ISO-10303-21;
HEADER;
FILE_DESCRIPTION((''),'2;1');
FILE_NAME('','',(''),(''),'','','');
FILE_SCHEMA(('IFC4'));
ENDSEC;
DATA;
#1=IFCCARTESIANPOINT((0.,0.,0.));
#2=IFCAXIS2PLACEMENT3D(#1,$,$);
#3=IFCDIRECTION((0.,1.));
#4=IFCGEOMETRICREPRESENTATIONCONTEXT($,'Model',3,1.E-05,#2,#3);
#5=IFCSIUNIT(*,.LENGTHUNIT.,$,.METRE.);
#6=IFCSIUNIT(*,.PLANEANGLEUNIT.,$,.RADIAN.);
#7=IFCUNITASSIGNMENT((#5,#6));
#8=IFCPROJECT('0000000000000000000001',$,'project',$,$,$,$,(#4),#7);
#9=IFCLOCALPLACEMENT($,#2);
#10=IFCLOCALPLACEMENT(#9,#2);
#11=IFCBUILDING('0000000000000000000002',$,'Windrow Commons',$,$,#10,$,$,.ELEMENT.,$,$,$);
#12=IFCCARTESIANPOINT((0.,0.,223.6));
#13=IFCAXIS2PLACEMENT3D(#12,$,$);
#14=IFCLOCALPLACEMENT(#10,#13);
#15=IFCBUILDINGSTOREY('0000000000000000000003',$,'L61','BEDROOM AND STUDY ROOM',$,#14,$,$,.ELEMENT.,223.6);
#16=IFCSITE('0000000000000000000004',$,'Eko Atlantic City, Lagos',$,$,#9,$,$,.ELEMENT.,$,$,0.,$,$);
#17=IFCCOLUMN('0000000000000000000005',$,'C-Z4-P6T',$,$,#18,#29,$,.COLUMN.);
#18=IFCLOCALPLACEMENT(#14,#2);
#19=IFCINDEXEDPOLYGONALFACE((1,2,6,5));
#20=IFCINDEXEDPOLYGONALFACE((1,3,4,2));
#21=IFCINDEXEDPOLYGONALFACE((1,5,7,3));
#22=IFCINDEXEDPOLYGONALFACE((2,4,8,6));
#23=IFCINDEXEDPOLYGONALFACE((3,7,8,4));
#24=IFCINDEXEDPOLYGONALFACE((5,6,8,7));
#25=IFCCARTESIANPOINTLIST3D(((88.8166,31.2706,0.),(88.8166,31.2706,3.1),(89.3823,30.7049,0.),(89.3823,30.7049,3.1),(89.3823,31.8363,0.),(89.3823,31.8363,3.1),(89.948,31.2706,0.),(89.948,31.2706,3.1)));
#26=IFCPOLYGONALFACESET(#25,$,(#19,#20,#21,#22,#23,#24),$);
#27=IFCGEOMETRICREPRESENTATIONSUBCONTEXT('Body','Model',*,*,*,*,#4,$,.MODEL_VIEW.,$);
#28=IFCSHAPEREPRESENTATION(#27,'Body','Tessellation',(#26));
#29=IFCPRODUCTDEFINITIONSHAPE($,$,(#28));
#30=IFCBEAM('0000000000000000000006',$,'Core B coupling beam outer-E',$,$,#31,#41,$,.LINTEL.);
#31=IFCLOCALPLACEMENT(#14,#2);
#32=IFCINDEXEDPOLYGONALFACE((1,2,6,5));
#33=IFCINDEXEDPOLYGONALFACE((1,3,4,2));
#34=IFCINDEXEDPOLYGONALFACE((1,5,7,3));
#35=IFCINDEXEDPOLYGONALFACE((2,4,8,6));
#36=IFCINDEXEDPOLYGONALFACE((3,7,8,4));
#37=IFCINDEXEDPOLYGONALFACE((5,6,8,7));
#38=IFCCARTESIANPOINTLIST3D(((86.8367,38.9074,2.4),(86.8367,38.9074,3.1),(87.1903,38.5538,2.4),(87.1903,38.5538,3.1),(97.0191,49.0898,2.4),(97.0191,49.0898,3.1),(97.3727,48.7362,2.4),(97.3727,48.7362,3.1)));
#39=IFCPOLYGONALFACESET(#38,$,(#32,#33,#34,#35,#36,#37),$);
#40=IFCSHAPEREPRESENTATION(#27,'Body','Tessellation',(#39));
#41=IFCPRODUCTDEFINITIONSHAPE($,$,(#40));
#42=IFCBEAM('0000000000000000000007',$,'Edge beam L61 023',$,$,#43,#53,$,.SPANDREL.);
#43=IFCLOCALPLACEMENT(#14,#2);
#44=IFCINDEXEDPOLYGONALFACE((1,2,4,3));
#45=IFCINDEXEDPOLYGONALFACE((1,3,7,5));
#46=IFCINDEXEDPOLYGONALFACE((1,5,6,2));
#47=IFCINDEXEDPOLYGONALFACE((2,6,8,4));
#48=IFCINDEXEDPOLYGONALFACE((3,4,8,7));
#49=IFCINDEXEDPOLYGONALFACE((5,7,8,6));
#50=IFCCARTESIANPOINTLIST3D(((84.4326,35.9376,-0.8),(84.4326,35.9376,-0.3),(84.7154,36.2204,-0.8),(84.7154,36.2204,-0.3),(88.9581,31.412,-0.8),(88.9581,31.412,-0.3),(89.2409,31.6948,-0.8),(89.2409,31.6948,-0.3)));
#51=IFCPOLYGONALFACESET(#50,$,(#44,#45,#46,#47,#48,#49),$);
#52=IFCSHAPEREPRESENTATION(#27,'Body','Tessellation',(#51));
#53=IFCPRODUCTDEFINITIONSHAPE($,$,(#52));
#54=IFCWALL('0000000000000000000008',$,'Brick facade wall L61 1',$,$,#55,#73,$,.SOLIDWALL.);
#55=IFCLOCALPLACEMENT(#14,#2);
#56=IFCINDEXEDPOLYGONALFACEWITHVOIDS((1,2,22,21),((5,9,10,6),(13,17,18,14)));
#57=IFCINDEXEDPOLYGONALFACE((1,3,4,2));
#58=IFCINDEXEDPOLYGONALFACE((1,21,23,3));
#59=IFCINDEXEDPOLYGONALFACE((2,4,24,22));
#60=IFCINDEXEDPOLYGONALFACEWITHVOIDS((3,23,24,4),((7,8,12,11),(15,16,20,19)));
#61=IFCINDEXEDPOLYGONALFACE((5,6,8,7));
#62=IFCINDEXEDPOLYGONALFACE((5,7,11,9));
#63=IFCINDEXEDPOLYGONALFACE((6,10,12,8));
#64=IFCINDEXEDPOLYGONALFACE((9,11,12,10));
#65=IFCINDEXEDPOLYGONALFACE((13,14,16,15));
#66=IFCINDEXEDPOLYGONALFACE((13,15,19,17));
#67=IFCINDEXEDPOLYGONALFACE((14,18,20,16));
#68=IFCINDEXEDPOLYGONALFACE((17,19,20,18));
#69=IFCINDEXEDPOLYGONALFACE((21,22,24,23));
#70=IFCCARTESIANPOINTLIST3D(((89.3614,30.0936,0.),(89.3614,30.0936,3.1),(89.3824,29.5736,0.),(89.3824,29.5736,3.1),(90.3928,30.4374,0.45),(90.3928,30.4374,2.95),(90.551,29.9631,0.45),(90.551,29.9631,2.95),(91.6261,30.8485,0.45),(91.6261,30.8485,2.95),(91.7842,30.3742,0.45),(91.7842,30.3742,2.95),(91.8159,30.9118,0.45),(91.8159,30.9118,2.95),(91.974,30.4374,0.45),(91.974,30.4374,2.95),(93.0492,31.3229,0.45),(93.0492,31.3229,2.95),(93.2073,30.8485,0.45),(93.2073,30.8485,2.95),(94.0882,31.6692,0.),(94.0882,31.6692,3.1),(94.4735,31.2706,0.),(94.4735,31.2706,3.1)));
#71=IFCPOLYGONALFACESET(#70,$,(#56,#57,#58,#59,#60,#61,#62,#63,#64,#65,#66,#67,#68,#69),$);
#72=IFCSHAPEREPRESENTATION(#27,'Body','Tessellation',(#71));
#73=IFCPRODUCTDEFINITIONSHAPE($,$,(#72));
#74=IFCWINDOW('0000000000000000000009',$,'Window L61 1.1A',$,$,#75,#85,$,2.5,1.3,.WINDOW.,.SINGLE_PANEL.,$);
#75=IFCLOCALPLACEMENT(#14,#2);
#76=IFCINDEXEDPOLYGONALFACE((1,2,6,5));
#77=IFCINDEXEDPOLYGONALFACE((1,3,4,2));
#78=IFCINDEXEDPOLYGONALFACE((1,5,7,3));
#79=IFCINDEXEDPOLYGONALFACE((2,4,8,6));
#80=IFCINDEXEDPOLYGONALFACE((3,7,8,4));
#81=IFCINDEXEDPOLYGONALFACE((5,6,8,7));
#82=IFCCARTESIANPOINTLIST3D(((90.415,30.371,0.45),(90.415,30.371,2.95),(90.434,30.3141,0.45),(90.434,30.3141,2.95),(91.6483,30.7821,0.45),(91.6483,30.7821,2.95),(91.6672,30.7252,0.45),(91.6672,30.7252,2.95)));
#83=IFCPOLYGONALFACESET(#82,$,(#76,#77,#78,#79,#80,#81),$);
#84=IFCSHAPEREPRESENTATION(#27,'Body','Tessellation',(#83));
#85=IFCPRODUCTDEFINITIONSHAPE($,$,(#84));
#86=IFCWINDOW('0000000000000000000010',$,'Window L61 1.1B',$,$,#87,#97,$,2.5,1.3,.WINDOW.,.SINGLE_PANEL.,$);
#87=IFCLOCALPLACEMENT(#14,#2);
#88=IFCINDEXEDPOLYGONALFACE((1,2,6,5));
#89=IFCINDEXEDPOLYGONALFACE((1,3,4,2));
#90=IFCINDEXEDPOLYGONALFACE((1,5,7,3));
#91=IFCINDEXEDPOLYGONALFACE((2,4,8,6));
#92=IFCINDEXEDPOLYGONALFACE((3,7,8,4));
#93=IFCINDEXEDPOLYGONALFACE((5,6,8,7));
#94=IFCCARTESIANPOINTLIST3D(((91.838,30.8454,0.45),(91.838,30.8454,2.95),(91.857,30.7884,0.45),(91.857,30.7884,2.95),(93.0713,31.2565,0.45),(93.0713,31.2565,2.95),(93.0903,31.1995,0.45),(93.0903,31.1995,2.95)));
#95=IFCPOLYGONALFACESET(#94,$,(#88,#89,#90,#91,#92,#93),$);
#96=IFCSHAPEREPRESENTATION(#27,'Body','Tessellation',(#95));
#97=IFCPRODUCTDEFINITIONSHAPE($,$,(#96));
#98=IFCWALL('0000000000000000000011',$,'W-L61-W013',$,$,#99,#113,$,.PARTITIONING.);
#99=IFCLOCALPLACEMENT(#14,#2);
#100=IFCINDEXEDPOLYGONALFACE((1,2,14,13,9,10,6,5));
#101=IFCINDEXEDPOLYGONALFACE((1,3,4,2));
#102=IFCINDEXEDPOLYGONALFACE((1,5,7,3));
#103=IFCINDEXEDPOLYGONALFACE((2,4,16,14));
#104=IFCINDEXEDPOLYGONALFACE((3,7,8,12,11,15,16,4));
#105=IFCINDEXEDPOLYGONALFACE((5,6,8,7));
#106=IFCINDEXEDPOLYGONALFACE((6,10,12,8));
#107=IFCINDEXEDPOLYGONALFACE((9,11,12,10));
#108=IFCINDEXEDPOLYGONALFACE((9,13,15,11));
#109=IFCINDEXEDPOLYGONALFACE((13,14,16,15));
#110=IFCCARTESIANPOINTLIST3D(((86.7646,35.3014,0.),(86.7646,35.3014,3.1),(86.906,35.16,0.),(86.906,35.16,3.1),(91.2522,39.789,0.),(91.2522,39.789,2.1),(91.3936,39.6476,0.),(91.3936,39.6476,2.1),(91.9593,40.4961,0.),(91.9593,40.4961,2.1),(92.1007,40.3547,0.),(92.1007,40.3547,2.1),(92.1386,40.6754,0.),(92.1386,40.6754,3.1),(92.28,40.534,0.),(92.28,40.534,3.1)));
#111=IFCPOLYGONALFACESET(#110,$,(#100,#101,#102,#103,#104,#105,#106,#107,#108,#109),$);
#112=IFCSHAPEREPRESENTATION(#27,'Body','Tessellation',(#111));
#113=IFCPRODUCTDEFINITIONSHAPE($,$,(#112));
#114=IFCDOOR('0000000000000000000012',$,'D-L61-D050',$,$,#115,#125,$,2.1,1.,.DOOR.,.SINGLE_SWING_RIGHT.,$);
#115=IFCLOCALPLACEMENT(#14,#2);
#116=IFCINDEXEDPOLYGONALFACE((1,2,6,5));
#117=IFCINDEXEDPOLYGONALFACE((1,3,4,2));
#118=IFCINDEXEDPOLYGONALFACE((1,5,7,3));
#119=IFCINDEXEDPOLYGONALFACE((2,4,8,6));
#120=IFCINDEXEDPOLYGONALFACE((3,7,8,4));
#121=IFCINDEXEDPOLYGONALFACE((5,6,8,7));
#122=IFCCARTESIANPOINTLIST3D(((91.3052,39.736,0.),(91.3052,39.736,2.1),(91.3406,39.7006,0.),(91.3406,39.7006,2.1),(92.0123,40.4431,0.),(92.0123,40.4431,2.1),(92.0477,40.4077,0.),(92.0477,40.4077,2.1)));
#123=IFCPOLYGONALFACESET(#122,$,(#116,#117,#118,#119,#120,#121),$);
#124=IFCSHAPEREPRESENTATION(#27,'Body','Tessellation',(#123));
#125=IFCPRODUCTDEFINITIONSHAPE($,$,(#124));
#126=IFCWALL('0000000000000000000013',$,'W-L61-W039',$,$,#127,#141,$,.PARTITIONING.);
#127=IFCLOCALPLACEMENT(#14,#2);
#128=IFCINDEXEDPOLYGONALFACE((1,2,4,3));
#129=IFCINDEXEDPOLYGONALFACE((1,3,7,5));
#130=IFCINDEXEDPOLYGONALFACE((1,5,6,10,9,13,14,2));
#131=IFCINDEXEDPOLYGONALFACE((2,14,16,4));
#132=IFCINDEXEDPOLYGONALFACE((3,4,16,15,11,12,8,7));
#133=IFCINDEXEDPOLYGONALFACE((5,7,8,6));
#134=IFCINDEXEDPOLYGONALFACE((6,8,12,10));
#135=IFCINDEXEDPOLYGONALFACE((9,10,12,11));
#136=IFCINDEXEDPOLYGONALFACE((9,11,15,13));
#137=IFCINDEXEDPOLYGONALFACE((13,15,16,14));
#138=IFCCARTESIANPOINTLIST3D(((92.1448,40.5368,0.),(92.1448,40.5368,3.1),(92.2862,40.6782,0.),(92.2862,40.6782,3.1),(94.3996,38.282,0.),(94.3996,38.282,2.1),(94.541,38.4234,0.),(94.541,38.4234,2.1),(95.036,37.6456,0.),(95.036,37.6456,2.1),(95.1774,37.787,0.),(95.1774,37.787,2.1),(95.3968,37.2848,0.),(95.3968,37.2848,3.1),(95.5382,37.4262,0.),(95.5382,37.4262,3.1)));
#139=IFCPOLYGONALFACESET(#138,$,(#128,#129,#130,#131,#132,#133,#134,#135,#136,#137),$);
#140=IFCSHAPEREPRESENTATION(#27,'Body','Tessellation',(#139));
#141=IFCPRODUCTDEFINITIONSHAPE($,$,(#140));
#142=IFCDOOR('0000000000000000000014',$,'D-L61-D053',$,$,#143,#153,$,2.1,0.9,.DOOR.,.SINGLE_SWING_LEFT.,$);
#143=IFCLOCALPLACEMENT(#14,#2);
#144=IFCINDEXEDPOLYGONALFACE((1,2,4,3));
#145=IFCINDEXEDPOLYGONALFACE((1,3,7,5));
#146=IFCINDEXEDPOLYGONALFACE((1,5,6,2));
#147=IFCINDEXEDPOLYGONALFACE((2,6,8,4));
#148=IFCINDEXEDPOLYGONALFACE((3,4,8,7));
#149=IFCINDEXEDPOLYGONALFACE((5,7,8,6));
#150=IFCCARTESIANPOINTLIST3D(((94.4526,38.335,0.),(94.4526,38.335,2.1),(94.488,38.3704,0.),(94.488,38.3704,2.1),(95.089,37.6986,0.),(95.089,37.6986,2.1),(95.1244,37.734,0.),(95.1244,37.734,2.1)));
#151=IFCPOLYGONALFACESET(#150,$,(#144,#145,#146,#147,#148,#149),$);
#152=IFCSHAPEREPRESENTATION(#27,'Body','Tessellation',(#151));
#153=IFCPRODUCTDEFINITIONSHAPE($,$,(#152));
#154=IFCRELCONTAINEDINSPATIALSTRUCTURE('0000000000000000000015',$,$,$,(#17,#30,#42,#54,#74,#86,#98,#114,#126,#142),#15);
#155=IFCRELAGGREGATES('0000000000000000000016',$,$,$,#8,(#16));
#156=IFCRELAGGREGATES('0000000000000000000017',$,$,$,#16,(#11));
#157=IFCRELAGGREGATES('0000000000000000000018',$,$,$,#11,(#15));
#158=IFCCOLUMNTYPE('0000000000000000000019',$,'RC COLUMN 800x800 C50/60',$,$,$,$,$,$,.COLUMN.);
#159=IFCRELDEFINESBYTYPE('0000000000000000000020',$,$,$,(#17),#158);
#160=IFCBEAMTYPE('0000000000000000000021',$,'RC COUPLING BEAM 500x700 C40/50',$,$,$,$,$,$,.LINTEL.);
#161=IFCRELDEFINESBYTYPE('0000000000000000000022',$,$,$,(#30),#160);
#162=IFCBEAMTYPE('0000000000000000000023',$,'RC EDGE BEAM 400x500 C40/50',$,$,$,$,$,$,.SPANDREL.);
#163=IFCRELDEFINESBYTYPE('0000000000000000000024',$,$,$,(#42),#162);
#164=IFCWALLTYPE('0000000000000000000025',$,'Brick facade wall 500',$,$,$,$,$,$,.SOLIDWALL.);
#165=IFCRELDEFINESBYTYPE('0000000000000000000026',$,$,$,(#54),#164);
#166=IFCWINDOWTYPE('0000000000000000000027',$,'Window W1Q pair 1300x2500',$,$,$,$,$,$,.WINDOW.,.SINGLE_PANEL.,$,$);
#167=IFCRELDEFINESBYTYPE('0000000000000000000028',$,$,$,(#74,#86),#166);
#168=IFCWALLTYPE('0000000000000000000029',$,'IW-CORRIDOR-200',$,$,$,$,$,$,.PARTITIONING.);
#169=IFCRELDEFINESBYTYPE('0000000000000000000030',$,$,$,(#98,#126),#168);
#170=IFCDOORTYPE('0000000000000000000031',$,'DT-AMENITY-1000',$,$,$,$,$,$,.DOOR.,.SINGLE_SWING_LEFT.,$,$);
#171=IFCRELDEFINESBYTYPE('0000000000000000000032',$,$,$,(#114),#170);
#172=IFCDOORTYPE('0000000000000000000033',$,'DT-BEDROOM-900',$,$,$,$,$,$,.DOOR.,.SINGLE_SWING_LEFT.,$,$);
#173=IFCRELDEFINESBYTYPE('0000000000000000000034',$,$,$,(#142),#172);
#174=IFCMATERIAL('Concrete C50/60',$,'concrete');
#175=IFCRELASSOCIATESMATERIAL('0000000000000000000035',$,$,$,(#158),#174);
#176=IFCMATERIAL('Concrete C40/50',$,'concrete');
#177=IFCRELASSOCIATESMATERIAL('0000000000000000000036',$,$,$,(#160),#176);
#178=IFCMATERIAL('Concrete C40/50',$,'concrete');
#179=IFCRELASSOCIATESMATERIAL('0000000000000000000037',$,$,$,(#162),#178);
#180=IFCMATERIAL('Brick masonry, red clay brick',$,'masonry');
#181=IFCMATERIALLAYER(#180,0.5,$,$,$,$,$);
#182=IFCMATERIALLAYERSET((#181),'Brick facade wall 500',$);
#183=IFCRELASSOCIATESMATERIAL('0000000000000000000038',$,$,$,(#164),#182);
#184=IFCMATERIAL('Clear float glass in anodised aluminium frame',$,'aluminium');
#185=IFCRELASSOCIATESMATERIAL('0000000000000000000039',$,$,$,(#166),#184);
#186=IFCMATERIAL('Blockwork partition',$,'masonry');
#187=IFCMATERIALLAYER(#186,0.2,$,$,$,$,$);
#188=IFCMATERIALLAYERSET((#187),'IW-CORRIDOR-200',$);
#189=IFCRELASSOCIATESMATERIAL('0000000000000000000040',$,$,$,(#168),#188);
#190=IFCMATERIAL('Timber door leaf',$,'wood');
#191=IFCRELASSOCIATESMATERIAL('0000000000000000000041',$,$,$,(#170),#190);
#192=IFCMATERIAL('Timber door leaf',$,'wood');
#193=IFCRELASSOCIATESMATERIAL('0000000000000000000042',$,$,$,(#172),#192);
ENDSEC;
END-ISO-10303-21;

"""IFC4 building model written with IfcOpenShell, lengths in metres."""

from ifc_helpers import new_model, si_unit, direction, frame, frame_2d, origin, origin_2d, place, context, subcontext, project, spatial, polyline, rectangle, outline, extrude, material, layer, layer_set, material_profile, profile_set, type_object, element, fill, save


model = new_model("IFC4")

# Units and contexts
model_context = context("Model", 3, precision=1e-05, world=origin(), true_north=direction((0.0, 1.0)))
body_context = subcontext(model_context, "Body", "Model", "MODEL_VIEW")
ifc_project = project(units=[si_unit("LENGTHUNIT", "METRE"), si_unit("PLANEANGLEUNIT", "RADIAN")], contexts=[model_context])

# Site, building, storey
site_placement = place(None, origin())
site = spatial("IfcSite", under=ifc_project, at=site_placement, Name="Eko Atlantic City, Lagos", CompositionType="ELEMENT", RefElevation=0.0)
building_placement = place(site_placement, origin())
building = spatial("IfcBuilding", under=site, at=building_placement, Name="Windrow Commons", CompositionType="ELEMENT")
storey_placement = place(building_placement, frame((0.0, 0.0, 223.6)))
storey = spatial("IfcBuildingStorey", under=building, at=storey_placement, Name="L61", Description="BEDROOM AND STUDY ROOM", CompositionType="ELEMENT", Elevation=223.6)

# Column
ifc_material_1 = material(Name="Concrete C50/60", Category="concrete")
ifc_material_profile_1 = material_profile(ifc_material_1, rectangle(XDim=0.8, YDim=0.8, at=origin_2d()))
ifc_profile_set_1 = profile_set([ifc_material_profile_1], Name="Concrete C50/60")
column_type = type_object("IfcColumnType", Name="RC COLUMN 800x800 C50/60", PredefinedType="COLUMN", material=ifc_profile_set_1)
column_placement = place(storey_placement, frame((89.3823, 31.2706, 0.0), z_axis=(0.0, 0.0, 1.0), x_axis=(0.707107, -0.707107, 0.0)))
element("IfcColumn", 1, at=column_placement, inside=storey, type_object=column_type, Name="C-Z4-P6T", PredefinedType="COLUMN", context=body_context, shape_type="SweptSolid", body=[
    extrude(rectangle(XDim=0.8, YDim=0.8, at=origin_2d()), origin(), (0.0, 0.0, 1.0), 3.1),
])

# Beams
ifc_material_2 = material(Name="Concrete C40/50", Category="concrete")
ifc_material_profile_2 = material_profile(ifc_material_2, rectangle(XDim=0.5, YDim=0.7, at=origin_2d()))
ifc_profile_set_2 = profile_set([ifc_material_profile_2], Name="Concrete C40/50")
beam_type_1 = type_object("IfcBeamType", Name="RC COUPLING BEAM 500x700 C40/50", PredefinedType="LINTEL", material=ifc_profile_set_2)
beam_1_placement = place(storey_placement, frame((87.0135, 38.7306, 2.75), z_axis=(0.707107, 0.707107, 0.0), x_axis=(-0.707107, 0.707107, 0.0)))
element("IfcBeam", 2, at=beam_1_placement, inside=storey, type_object=beam_type_1, Name="Core B coupling beam outer-E", PredefinedType="LINTEL", context=body_context, shape_type="SweptSolid", body=[
    extrude(rectangle(XDim=0.5, YDim=0.7, at=origin_2d()), origin(), (0.0, 0.0, 1.0), 14.4001),
])
ifc_material_3 = material(Name="Concrete C40/50", Category="concrete")
ifc_material_profile_3 = material_profile(ifc_material_3, rectangle(XDim=0.4, YDim=0.5, at=origin_2d()))
ifc_profile_set_3 = profile_set([ifc_material_profile_3], Name="Concrete C40/50")
beam_type_2 = type_object("IfcBeamType", Name="RC EDGE BEAM 400x500 C40/50", PredefinedType="SPANDREL", material=ifc_profile_set_3)
beam_2_placement = place(storey_placement, frame((89.0995, 31.5534, -0.55), z_axis=(-0.707099, 0.707115, 0.0), x_axis=(-0.707115, -0.707099, 0.0)))
element("IfcBeam", 3, at=beam_2_placement, inside=storey, type_object=beam_type_2, Name="Edge beam L61 023", PredefinedType="SPANDREL", context=body_context, shape_type="SweptSolid", body=[
    extrude(rectangle(XDim=0.4, YDim=0.5, at=origin_2d()), origin(), (0.0, 0.0, 1.0), 6.4001),
])

# Wall, openings, windows
ifc_material_4 = material(Name="Brick masonry, red clay brick", Category="masonry")
ifc_layer_1 = layer(ifc_material_4, 0.5)
ifc_layer_set_1 = layer_set([ifc_layer_1], Name="Brick facade wall 500")
wall_type_1 = type_object("IfcWallType", Name="Brick facade wall 500", PredefinedType="SOLIDWALL", material=ifc_layer_set_1)
wall_1_placement = place(storey_placement, frame((89.3719, 29.8336, 0.0), z_axis=(0.0, 0.0, 1.0), x_axis=(0.948683, 0.316228, 0.0)))
wall_1 = element("IfcWall", 4, at=wall_1_placement, inside=storey, type_object=wall_type_1, Name="Brick facade wall L61 1", PredefinedType="SOLIDWALL", context=body_context, shape_type="SweptSolid", body=[
    extrude(outline(polyline([(-0.0723, -0.25), (5.2942, -0.25), (5.0547, 0.25), (0.0723, 0.25), (-0.0723, -0.25)])), origin(), (0.0, 0.0, 1.0), 3.1),
])
opening_1_placement = place(wall_1_placement, frame((1.1595, 0.0, 0.45)))
opening_1 = element("IfcOpeningElement", 5, at=opening_1_placement, cuts=wall_1, PredefinedType="OPENING", context=body_context, shape_type="SweptSolid", body=[
    extrude(rectangle(XDim=1.3, YDim=2.5, at=frame_2d((0.65, 1.25))), frame((0.0, 0.26, 0.0), z_axis=(0.0, -1.0, 0.0), x_axis=(1.0, 0.0, 0.0)), (0.0, 0.0, 1.0), 0.52),
])
opening_2_placement = place(wall_1_placement, frame((2.6595, 0.0, 0.45)))
opening_2 = element("IfcOpeningElement", 6, at=opening_2_placement, cuts=wall_1, PredefinedType="OPENING", context=body_context, shape_type="SweptSolid", body=[
    extrude(rectangle(XDim=1.3, YDim=2.5, at=frame_2d((0.65, 1.25))), frame((0.0, 0.26, 0.0), z_axis=(0.0, -1.0, 0.0), x_axis=(1.0, 0.0, 0.0)), (0.0, 0.0, 1.0), 0.52),
])
ifc_material_5 = material(Name="Clear float glass in anodised aluminium frame", Category="aluminium")
window_type = type_object("IfcWindowType", Name="Window W1Q pair 1300x2500", PartitioningType="SINGLE_PANEL", PredefinedType="WINDOW", material=ifc_material_5)
window_1_placement = place(opening_1_placement, origin())
window_1 = element("IfcWindow", 7, at=window_1_placement, inside=storey, type_object=window_type, Name="Window L61 1.1A", OverallHeight=2.5, OverallWidth=1.3, PartitioningType="SINGLE_PANEL", PredefinedType="WINDOW", context=body_context, shape_type="SweptSolid", body=[
    extrude(rectangle(XDim=1.3, YDim=2.5, at=frame_2d((0.65, 1.25))), frame((0.0, 0.18, 0.0), z_axis=(0.0, -1.0, 0.0), x_axis=(1.0, 0.0, 0.0)), (0.0, 0.0, 1.0), 0.06),
])
fill(opening_1, window_1)
window_2_placement = place(opening_2_placement, origin())
window_2 = element("IfcWindow", 8, at=window_2_placement, inside=storey, type_object=window_type, Name="Window L61 1.1B", OverallHeight=2.5, OverallWidth=1.3, PartitioningType="SINGLE_PANEL", PredefinedType="WINDOW", context=body_context, shape_type="SweptSolid", body=[
    extrude(rectangle(XDim=1.3, YDim=2.5, at=frame_2d((0.65, 1.25))), frame((0.0, 0.18, 0.0), z_axis=(0.0, -1.0, 0.0), x_axis=(1.0, 0.0, 0.0)), (0.0, 0.0, 1.0), 0.06),
])
fill(opening_2, window_2)

# Walls, openings, doors
ifc_material_6 = material(Name="Blockwork partition", Category="masonry")
ifc_layer_2 = layer(ifc_material_6, 0.2)
ifc_layer_set_2 = layer_set([ifc_layer_2], Name="IW-CORRIDOR-200")
wall_type_2 = type_object("IfcWallType", Name="IW-CORRIDOR-200", PredefinedType="PARTITIONING", material=ifc_layer_set_2)
wall_2_placement = place(storey_placement, frame((86.8353, 35.2307, 0.0), z_axis=(0.0, 0.0, 1.0), x_axis=(0.707107, 0.707107, 0.0)))
wall_2 = element("IfcWall", 9, at=wall_2_placement, inside=storey, type_object=wall_type_2, Name="W-L61-W013", PredefinedType="PARTITIONING", context=body_context, shape_type="SweptSolid", body=[
    extrude(rectangle(XDim=7.6, YDim=0.2, at=frame_2d((3.8, 0.0))), origin(), (0.0, 0.0, 1.0), 3.1),
])
opening_3_placement = place(wall_2_placement, frame((6.3464, 0.0, 0.0)))
opening_3 = element("IfcOpeningElement", 10, at=opening_3_placement, cuts=wall_2, PredefinedType="OPENING", context=body_context, shape_type="SweptSolid", body=[
    extrude(rectangle(XDim=1.0, YDim=2.1, at=frame_2d((0.5, 1.05))), frame((0.0, 0.11, 0.0), z_axis=(0.0, -1.0, 0.0), x_axis=(1.0, 0.0, 0.0)), (0.0, 0.0, 1.0), 0.22),
])
ifc_material_7 = material(Name="Timber door leaf", Category="wood")
door_type_1 = type_object("IfcDoorType", Name="DT-AMENITY-1000", OperationType="SINGLE_SWING_LEFT", PredefinedType="DOOR", material=ifc_material_7)
door_1_placement = place(opening_3_placement, origin())
door_1 = element("IfcDoor", 11, at=door_1_placement, inside=storey, type_object=door_type_1, Name="D-L61-D050", OperationType="SINGLE_SWING_RIGHT", OverallHeight=2.1, OverallWidth=1.0, PredefinedType="DOOR", context=body_context, shape_type="SweptSolid", body=[
    extrude(rectangle(XDim=1.0, YDim=2.1, at=frame_2d((0.5, 1.05))), frame((0.0, 0.025, 0.0), z_axis=(0.0, -1.0, 0.0), x_axis=(1.0, 0.0, 0.0)), (0.0, 0.0, 1.0), 0.05),
])
fill(opening_3, door_1)
wall_3_placement = place(storey_placement, frame((92.2155, 40.6075, 0.0), z_axis=(0.0, 0.0, 1.0), x_axis=(0.707107, -0.707107, 0.0)))
wall_3 = element("IfcWall", 12, at=wall_3_placement, inside=storey, type_object=wall_type_2, Name="W-L61-W039", PredefinedType="PARTITIONING", context=body_context, shape_type="SweptSolid", body=[
    extrude(rectangle(XDim=4.599, YDim=0.2, at=frame_2d((2.2995, 0.0))), origin(), (0.0, 0.0, 1.0), 3.1),
])
opening_4_placement = place(wall_3_placement, frame((3.1888, 0.0, 0.0)))
opening_4 = element("IfcOpeningElement", 13, at=opening_4_placement, cuts=wall_3, PredefinedType="OPENING", context=body_context, shape_type="SweptSolid", body=[
    extrude(rectangle(XDim=0.9, YDim=2.1, at=frame_2d((0.45, 1.05))), frame((0.0, 0.11, 0.0), z_axis=(0.0, -1.0, 0.0), x_axis=(1.0, 0.0, 0.0)), (0.0, 0.0, 1.0), 0.22),
])
ifc_material_8 = material(Name="Timber door leaf", Category="wood")
door_type_2 = type_object("IfcDoorType", Name="DT-BEDROOM-900", OperationType="SINGLE_SWING_LEFT", PredefinedType="DOOR", material=ifc_material_8)
door_2_placement = place(opening_4_placement, origin())
door_2 = element("IfcDoor", 14, at=door_2_placement, inside=storey, type_object=door_type_2, Name="D-L61-D053", OperationType="SINGLE_SWING_LEFT", OverallHeight=2.1, OverallWidth=0.9, PredefinedType="DOOR", context=body_context, shape_type="SweptSolid", body=[
    extrude(rectangle(XDim=0.9, YDim=2.1, at=frame_2d((0.45, 1.05))), frame((0.0, 0.025, 0.0), z_axis=(0.0, -1.0, 0.0), x_axis=(1.0, 0.0, 0.0)), (0.0, 0.0, 1.0), 0.05),
])
fill(opening_4, door_2)

save(model, "model.ifc")
